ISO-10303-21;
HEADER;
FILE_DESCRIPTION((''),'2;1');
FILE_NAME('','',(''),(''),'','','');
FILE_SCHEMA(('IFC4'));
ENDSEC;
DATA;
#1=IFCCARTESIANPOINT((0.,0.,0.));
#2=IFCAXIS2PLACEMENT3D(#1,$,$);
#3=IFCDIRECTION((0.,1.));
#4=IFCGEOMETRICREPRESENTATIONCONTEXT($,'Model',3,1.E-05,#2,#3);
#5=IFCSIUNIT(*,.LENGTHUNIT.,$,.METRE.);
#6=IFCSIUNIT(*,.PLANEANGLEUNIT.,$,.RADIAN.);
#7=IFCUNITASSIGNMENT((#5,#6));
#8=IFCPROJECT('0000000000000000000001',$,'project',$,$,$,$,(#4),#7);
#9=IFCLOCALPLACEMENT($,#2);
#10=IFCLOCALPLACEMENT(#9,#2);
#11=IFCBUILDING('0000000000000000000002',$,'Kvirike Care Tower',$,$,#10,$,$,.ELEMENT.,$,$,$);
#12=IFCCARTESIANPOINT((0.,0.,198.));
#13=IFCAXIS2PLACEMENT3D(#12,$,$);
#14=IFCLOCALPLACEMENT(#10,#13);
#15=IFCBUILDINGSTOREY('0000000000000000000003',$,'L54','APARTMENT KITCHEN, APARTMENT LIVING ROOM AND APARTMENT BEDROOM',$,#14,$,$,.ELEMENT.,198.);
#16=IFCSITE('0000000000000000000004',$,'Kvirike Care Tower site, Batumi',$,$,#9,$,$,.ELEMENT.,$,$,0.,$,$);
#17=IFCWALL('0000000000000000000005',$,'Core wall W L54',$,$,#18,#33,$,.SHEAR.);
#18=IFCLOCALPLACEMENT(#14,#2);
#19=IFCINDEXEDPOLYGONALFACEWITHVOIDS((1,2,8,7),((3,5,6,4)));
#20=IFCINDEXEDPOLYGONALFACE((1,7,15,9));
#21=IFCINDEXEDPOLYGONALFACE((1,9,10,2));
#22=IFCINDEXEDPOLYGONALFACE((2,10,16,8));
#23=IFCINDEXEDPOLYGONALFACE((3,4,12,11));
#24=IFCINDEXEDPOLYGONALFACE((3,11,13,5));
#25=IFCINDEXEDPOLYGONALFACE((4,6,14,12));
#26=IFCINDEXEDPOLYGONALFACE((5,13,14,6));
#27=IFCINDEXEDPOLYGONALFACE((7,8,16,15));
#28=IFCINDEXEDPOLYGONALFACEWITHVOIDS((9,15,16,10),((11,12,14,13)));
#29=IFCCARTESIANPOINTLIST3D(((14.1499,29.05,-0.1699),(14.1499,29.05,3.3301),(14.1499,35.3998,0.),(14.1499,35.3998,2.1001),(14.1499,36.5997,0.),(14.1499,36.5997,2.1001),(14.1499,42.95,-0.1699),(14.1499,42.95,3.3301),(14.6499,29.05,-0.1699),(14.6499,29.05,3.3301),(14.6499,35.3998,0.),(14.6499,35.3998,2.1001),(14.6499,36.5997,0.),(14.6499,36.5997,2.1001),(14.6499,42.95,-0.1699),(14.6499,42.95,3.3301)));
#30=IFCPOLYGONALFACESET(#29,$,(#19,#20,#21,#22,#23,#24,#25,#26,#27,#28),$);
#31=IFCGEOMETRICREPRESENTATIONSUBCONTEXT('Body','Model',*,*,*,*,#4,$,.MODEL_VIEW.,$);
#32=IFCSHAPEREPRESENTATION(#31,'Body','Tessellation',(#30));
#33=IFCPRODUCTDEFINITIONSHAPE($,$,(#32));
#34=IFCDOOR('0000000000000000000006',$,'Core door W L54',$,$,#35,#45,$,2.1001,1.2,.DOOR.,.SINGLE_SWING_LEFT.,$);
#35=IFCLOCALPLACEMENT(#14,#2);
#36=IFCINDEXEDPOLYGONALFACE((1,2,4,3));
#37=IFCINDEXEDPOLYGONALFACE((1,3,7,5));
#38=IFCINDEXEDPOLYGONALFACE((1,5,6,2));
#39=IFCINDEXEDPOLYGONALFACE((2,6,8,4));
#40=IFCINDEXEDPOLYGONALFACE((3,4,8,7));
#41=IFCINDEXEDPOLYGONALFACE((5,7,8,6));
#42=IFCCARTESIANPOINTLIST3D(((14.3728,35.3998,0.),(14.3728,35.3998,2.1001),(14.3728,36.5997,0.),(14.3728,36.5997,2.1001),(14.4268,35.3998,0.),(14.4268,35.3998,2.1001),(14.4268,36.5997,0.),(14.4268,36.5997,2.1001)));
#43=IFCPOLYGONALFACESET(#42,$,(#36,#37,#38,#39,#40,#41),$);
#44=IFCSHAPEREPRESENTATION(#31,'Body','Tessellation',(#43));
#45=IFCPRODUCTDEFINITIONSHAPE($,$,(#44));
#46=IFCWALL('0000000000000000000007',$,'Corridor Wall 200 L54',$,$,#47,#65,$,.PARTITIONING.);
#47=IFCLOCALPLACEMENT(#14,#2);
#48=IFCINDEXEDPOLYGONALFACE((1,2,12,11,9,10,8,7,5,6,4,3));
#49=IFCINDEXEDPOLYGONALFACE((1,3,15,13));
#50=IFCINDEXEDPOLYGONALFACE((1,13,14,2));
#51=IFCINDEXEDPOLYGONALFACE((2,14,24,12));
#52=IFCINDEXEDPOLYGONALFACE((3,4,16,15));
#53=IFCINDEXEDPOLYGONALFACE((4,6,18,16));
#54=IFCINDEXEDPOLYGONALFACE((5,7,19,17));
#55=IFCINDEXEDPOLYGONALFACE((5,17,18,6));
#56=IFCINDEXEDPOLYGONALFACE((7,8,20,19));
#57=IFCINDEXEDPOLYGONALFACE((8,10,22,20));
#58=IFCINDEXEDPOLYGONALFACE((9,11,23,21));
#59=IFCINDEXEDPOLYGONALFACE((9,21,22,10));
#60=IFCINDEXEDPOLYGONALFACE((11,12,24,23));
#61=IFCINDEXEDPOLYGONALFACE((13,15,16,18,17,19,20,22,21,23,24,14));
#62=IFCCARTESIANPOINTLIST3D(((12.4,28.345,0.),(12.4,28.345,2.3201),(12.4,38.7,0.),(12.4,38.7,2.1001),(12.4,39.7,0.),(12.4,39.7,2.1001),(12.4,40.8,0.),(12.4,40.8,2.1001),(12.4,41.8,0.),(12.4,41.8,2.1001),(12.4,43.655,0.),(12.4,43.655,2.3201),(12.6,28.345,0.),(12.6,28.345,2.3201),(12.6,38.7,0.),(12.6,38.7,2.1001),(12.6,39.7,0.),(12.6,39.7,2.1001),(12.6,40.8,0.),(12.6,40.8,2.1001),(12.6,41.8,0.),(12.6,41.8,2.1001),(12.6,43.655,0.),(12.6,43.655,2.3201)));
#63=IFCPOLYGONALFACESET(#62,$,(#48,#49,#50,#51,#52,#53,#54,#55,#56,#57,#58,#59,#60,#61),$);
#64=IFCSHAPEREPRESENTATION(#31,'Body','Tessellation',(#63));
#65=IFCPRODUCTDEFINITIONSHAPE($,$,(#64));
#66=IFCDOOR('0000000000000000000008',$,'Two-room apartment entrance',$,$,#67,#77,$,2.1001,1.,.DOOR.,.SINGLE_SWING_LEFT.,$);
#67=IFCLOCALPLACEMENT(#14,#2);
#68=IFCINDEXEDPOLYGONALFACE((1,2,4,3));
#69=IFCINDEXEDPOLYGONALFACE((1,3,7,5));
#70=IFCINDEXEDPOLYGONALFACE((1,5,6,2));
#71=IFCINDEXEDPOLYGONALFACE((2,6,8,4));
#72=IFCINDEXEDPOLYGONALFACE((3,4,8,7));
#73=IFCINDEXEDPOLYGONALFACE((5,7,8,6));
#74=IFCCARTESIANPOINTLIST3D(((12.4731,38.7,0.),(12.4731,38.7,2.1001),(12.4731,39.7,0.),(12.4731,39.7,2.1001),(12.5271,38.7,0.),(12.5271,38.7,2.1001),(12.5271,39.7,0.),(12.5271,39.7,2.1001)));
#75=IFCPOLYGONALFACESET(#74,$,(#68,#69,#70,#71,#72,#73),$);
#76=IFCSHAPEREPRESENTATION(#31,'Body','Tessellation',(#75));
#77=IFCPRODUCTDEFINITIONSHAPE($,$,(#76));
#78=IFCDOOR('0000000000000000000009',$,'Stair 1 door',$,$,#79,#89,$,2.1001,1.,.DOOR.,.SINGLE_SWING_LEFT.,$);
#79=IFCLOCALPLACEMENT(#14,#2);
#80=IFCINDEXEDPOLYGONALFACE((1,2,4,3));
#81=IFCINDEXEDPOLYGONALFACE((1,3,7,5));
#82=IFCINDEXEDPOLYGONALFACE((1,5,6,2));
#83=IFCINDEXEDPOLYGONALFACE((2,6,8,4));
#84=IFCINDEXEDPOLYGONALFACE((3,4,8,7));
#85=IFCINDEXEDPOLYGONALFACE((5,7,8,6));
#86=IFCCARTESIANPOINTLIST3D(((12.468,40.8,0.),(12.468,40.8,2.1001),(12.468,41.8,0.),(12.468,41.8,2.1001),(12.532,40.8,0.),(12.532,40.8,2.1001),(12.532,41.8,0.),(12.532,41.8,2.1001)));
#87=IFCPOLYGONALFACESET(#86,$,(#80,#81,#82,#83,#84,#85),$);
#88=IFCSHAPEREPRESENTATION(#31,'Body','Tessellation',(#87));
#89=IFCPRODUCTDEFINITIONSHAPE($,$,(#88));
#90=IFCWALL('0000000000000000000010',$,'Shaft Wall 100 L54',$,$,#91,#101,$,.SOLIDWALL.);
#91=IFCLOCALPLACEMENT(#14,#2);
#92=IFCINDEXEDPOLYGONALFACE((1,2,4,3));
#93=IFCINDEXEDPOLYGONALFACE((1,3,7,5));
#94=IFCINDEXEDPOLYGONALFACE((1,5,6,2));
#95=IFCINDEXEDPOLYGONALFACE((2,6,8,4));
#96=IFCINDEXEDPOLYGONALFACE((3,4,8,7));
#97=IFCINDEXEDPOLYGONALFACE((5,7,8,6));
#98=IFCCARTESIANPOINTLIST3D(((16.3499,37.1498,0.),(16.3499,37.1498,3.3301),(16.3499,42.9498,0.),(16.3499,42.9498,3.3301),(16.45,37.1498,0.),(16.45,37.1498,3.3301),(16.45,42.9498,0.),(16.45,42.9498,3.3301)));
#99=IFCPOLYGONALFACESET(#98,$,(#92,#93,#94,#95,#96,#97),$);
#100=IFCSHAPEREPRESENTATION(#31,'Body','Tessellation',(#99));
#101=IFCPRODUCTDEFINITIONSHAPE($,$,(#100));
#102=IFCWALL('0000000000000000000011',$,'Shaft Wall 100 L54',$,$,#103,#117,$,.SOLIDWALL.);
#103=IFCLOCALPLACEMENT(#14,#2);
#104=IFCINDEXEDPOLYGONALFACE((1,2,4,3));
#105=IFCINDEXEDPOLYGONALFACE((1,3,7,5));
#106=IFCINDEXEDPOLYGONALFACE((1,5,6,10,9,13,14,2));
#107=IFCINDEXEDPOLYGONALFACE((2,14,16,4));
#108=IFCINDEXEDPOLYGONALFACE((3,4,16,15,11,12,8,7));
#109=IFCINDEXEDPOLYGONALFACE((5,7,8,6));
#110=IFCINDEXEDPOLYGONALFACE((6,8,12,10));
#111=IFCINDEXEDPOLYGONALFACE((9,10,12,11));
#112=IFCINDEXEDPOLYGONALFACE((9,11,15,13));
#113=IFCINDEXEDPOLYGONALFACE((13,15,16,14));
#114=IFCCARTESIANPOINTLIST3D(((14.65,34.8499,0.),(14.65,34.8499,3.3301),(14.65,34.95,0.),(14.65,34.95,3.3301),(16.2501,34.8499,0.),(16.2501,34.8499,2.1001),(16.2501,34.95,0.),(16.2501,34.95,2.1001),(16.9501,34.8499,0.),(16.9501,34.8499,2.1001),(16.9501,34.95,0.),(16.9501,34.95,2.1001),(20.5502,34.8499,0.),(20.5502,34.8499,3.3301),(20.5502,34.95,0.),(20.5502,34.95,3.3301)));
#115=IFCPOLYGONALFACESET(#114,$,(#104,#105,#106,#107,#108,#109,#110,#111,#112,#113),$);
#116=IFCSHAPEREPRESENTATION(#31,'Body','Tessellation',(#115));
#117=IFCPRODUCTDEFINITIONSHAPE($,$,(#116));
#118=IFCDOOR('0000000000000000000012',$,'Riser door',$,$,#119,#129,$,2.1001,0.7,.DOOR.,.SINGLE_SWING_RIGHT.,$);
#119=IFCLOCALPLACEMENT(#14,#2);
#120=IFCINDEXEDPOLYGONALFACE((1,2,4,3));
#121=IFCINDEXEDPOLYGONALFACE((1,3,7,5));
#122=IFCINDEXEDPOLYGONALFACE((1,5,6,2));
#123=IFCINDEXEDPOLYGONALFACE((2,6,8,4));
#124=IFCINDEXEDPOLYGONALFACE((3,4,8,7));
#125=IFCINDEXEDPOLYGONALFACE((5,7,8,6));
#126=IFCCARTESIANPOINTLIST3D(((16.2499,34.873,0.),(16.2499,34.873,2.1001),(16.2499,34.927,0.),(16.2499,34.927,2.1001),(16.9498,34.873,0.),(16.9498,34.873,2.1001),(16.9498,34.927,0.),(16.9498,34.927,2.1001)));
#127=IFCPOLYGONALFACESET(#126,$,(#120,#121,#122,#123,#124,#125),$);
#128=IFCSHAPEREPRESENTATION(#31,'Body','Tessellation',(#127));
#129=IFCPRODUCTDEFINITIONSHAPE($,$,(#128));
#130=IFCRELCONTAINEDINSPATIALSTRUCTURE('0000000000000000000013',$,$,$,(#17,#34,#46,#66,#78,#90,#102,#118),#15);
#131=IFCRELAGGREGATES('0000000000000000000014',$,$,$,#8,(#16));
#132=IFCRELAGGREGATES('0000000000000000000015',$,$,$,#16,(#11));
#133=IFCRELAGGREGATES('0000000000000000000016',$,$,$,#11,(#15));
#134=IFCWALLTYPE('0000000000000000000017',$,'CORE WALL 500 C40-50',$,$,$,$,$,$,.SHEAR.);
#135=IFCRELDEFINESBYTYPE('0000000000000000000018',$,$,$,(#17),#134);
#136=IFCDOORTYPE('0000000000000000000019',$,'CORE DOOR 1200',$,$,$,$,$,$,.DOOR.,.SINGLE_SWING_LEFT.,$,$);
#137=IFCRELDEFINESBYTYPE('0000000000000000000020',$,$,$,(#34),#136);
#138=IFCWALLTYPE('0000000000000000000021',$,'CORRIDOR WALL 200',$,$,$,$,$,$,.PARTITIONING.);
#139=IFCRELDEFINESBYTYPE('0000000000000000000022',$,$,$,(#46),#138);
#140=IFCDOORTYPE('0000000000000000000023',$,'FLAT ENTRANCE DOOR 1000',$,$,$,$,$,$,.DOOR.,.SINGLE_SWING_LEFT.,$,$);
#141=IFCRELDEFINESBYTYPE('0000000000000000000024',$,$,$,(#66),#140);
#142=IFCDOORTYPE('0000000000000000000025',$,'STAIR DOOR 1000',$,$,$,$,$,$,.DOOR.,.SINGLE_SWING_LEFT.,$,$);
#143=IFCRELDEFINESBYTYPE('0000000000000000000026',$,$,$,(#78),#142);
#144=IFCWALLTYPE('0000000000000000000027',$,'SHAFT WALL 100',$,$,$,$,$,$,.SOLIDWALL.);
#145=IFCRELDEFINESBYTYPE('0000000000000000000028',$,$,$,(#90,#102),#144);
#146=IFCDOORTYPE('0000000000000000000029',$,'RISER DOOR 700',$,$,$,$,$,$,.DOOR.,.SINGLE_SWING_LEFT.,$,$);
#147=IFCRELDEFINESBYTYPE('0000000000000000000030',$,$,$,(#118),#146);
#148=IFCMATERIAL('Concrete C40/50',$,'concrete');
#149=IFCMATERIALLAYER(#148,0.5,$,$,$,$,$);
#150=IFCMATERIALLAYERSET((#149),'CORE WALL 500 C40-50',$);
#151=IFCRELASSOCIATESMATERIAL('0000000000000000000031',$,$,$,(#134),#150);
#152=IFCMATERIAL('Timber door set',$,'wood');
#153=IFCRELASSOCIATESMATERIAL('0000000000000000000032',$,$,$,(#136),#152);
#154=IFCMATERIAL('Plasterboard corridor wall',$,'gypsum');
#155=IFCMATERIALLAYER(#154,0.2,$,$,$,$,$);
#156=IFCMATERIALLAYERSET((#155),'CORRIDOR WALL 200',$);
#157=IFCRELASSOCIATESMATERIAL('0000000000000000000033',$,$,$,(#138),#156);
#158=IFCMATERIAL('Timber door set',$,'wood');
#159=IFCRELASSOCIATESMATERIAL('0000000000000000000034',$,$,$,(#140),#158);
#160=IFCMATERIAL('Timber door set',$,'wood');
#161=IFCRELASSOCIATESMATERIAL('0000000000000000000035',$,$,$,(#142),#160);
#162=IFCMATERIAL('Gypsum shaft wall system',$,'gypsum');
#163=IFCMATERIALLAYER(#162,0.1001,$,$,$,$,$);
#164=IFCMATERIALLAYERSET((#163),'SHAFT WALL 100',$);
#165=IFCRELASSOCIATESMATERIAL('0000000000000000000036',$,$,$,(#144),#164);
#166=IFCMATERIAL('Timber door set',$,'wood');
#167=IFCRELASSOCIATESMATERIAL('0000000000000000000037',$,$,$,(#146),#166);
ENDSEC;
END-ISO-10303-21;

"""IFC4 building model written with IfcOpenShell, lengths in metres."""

from ifc_helpers import new_model, si_unit, direction, frame, frame_2d, origin, place, context, subcontext, project, spatial, rectangle, extrude, material, layer, layer_set, type_object, element, fill, save


model = new_model("IFC4")

# Units and contexts
model_context = context("Model", 3, precision=1e-05, world=origin(), true_north=direction((0.0, 1.0)))
body_context = subcontext(model_context, "Body", "Model", "MODEL_VIEW")
ifc_project = project(units=[si_unit("LENGTHUNIT", "METRE"), si_unit("PLANEANGLEUNIT", "RADIAN")], contexts=[model_context])

# Site, building, storey
site_placement = place(None, origin())
site = spatial("IfcSite", under=ifc_project, at=site_placement, Name="Kvirike Care Tower site, Batumi", CompositionType="ELEMENT", RefElevation=0.0)
building_placement = place(site_placement, origin())
building = spatial("IfcBuilding", under=site, at=building_placement, Name="Kvirike Care Tower", CompositionType="ELEMENT")
storey_placement = place(building_placement, frame((0.0, 0.0, 198.0)))
storey = spatial("IfcBuildingStorey", under=building, at=storey_placement, Name="L54", Description="APARTMENT KITCHEN, APARTMENT LIVING ROOM AND APARTMENT BEDROOM", CompositionType="ELEMENT", Elevation=198.0)

# Wall, opening, door
ifc_material_1 = material(Name="Concrete C40/50", Category="concrete")
ifc_layer_1 = layer(ifc_material_1, 0.5)
ifc_layer_set_1 = layer_set([ifc_layer_1], Name="CORE WALL 500 C40-50")
wall_type_1 = type_object("IfcWallType", Name="CORE WALL 500 C40-50", PredefinedType="SHEAR", material=ifc_layer_set_1)
wall_1_placement = place(storey_placement, frame((14.3999, 42.95, -0.1699), z_axis=(0.0, 0.0, 1.0), x_axis=(0.0, -1.0, 0.0)))
wall_1 = element("IfcWall", 1, at=wall_1_placement, inside=storey, type_object=wall_type_1, Name="Core wall W L54", PredefinedType="SHEAR", context=body_context, shape_type="SweptSolid", body=[
    extrude(rectangle(XDim=13.8999, YDim=0.5, at=frame_2d((6.95, 0.0))), origin(), (0.0, 0.0, 1.0), 3.5),
])
opening_1_placement = place(wall_1_placement, frame((6.3501, 0.0, 0.1699)))
opening_1 = element("IfcOpeningElement", 2, at=opening_1_placement, cuts=wall_1, PredefinedType="OPENING", context=body_context, shape_type="SweptSolid", body=[
    extrude(rectangle(XDim=1.2, YDim=2.1001, at=frame_2d((0.6001, 1.05))), frame((0.0, 0.2605, 0.0), z_axis=(0.0, -1.0, 0.0), x_axis=(1.0, 0.0, 0.0)), (0.0, 0.0, 1.0), 0.521),
])
ifc_material_2 = material(Name="Timber door set", Category="wood")
door_type_1 = type_object("IfcDoorType", Name="CORE DOOR 1200", OperationType="SINGLE_SWING_LEFT", PredefinedType="DOOR", material=ifc_material_2)
door_1_placement = place(opening_1_placement, origin())
door_1 = element("IfcDoor", 3, at=door_1_placement, inside=storey, type_object=door_type_1, Name="Core door W L54", OperationType="SINGLE_SWING_LEFT", OverallHeight=2.1001, OverallWidth=1.2, PredefinedType="DOOR", context=body_context, shape_type="SweptSolid", body=[
    extrude(rectangle(XDim=1.2, YDim=2.1001, at=frame_2d((0.6001, 1.05))), frame((0.0, 0.0269, 0.0), z_axis=(0.0, -1.0, 0.0), x_axis=(1.0, 0.0, 0.0)), (0.0, 0.0, 1.0), 0.054),
])
fill(opening_1, door_1)

# Wall, openings, doors
ifc_material_3 = material(Name="Plasterboard corridor wall", Category="gypsum")
ifc_layer_2 = layer(ifc_material_3, 0.2)
ifc_layer_set_2 = layer_set([ifc_layer_2], Name="CORRIDOR WALL 200")
wall_type_2 = type_object("IfcWallType", Name="CORRIDOR WALL 200", PredefinedType="PARTITIONING", material=ifc_layer_set_2)
wall_2_placement = place(storey_placement, frame((12.5, 43.655, 0.0), z_axis=(0.0, 0.0, 1.0), x_axis=(0.0, -1.0, 0.0)))
wall_2 = element("IfcWall", 4, at=wall_2_placement, inside=storey, type_object=wall_type_2, Name="Corridor Wall 200 L54", PredefinedType="PARTITIONING", context=body_context, shape_type="SweptSolid", body=[
    extrude(rectangle(XDim=15.3101, YDim=0.2, at=frame_2d((7.655, 0.0))), origin(), (0.0, 0.0, 1.0), 2.3201),
])
opening_2_placement = place(wall_2_placement, frame((1.855, 0.0, 0.0)))
opening_2 = element("IfcOpeningElement", 5, at=opening_2_placement, cuts=wall_2, PredefinedType="OPENING", context=body_context, shape_type="SweptSolid", body=[
    extrude(rectangle(XDim=1.0, YDim=2.1001, at=frame_2d((0.5, 1.05))), frame((0.0, 0.1106, 0.0), z_axis=(0.0, -1.0, 0.0), x_axis=(1.0, 0.0, 0.0)), (0.0, 0.0, 1.0), 0.2209),
])
opening_3_placement = place(wall_2_placement, frame((3.9551, 0.0, 0.0)))
opening_3 = element("IfcOpeningElement", 6, at=opening_3_placement, cuts=wall_2, PredefinedType="OPENING", context=body_context, shape_type="SweptSolid", body=[
    extrude(rectangle(XDim=1.0, YDim=2.1001, at=frame_2d((0.5, 1.05))), frame((0.0, 0.1106, 0.0), z_axis=(0.0, -1.0, 0.0), x_axis=(1.0, 0.0, 0.0)), (0.0, 0.0, 1.0), 0.2209),
])
ifc_material_4 = material(Name="Timber door set", Category="wood")
door_type_2 = type_object("IfcDoorType", Name="FLAT ENTRANCE DOOR 1000", OperationType="SINGLE_SWING_LEFT", PredefinedType="DOOR", material=ifc_material_4)
door_2_placement = place(opening_3_placement, frame((1.0, 0.0, 0.0), z_axis=(0.0, 0.0, 1.0), x_axis=(-1.0, 0.0, 0.0)))
door_2 = element("IfcDoor", 7, at=door_2_placement, inside=storey, type_object=door_type_2, Name="Two-room apartment entrance", OperationType="SINGLE_SWING_LEFT", OverallHeight=2.1001, OverallWidth=1.0, PredefinedType="DOOR", context=body_context, shape_type="SweptSolid", body=[
    extrude(rectangle(XDim=1.0, YDim=2.1001, at=frame_2d((0.5, 1.05))), frame((0.0, 0.0269, 0.0), z_axis=(0.0, -1.0, 0.0), x_axis=(1.0, 0.0, 0.0)), (0.0, 0.0, 1.0), 0.054),
])
fill(opening_3, door_2)
ifc_material_5 = material(Name="Timber door set", Category="wood")
door_type_3 = type_object("IfcDoorType", Name="STAIR DOOR 1000", OperationType="SINGLE_SWING_LEFT", PredefinedType="DOOR", material=ifc_material_5)
door_3_placement = place(opening_2_placement, frame((1.0, 0.0, 0.0), z_axis=(0.0, 0.0, 1.0), x_axis=(-1.0, 0.0, 0.0)))
door_3 = element("IfcDoor", 8, at=door_3_placement, inside=storey, type_object=door_type_3, Name="Stair 1 door", OperationType="SINGLE_SWING_LEFT", OverallHeight=2.1001, OverallWidth=1.0, PredefinedType="DOOR", context=body_context, shape_type="SweptSolid", body=[
    extrude(rectangle(XDim=1.0, YDim=2.1001, at=frame_2d((0.5, 1.05))), frame((0.0, 0.032, 0.0), z_axis=(0.0, -1.0, 0.0), x_axis=(1.0, 0.0, 0.0)), (0.0, 0.0, 1.0), 0.064),
])
fill(opening_2, door_3)

# Wall
ifc_material_6 = material(Name="Gypsum shaft wall system", Category="gypsum")
ifc_layer_3 = layer(ifc_material_6, 0.1001)
ifc_layer_set_3 = layer_set([ifc_layer_3], Name="SHAFT WALL 100")
wall_type_3 = type_object("IfcWallType", Name="SHAFT WALL 100", PredefinedType="SOLIDWALL", material=ifc_layer_set_3)
wall_3_placement = place(storey_placement, frame((16.3999, 37.1499, 0.0), z_axis=(0.0, 0.0, 1.0), x_axis=(0.0, 1.0, 0.0)))
element("IfcWall", 9, at=wall_3_placement, inside=storey, type_object=wall_type_3, Name="Shaft Wall 100 L54", PredefinedType="SOLIDWALL", context=body_context, shape_type="SweptSolid", body=[
    extrude(rectangle(XDim=5.8, YDim=0.1001, at=frame_2d((2.8999, 0.0))), origin(), (0.0, 0.0, 1.0), 3.3301),
])

# Wall, opening, door
wall_4_placement = place(storey_placement, frame((14.6499, 34.8999, 0.0), z_axis=(0.0, 0.0, 1.0), x_axis=(1.0, 0.0, 0.0)))
wall_4 = element("IfcWall", 10, at=wall_4_placement, inside=storey, type_object=wall_type_3, Name="Shaft Wall 100 L54", PredefinedType="SOLIDWALL", context=body_context, shape_type="SweptSolid", body=[
    extrude(rectangle(XDim=5.9001, YDim=0.1001, at=frame_2d((2.9502, 0.0))), origin(), (0.0, 0.0, 1.0), 3.3301),
])
opening_4_placement = place(wall_4_placement, frame((1.6001, 0.0, 0.0)))
opening_4 = element("IfcOpeningElement", 11, at=opening_4_placement, cuts=wall_4, PredefinedType="OPENING", context=body_context, shape_type="SweptSolid", body=[
    extrude(rectangle(XDim=0.7, YDim=2.1001, at=frame_2d((0.3501, 1.05))), frame((0.0, 0.0605, 0.0), z_axis=(0.0, -1.0, 0.0), x_axis=(1.0, 0.0, 0.0)), (0.0, 0.0, 1.0), 0.1211),
])
ifc_material_7 = material(Name="Timber door set", Category="wood")
door_type_4 = type_object("IfcDoorType", Name="RISER DOOR 700", OperationType="SINGLE_SWING_LEFT", PredefinedType="DOOR", material=ifc_material_7)
door_4_placement = place(opening_4_placement, frame((0.7, 0.0, 0.0), z_axis=(0.0, 0.0, 1.0), x_axis=(-1.0, 0.0, 0.0)))
door_4 = element("IfcDoor", 12, at=door_4_placement, inside=storey, type_object=door_type_4, Name="Riser door", OperationType="SINGLE_SWING_RIGHT", OverallHeight=2.1001, OverallWidth=0.7, PredefinedType="DOOR", context=body_context, shape_type="SweptSolid", body=[
    extrude(rectangle(XDim=0.7, YDim=2.1001, at=frame_2d((0.3501, 1.05))), frame((0.0, 0.0269, 0.0), z_axis=(0.0, -1.0, 0.0), x_axis=(1.0, 0.0, 0.0)), (0.0, 0.0, 1.0), 0.054),
])
fill(opening_4, door_4)

save(model, "model.ifc")
